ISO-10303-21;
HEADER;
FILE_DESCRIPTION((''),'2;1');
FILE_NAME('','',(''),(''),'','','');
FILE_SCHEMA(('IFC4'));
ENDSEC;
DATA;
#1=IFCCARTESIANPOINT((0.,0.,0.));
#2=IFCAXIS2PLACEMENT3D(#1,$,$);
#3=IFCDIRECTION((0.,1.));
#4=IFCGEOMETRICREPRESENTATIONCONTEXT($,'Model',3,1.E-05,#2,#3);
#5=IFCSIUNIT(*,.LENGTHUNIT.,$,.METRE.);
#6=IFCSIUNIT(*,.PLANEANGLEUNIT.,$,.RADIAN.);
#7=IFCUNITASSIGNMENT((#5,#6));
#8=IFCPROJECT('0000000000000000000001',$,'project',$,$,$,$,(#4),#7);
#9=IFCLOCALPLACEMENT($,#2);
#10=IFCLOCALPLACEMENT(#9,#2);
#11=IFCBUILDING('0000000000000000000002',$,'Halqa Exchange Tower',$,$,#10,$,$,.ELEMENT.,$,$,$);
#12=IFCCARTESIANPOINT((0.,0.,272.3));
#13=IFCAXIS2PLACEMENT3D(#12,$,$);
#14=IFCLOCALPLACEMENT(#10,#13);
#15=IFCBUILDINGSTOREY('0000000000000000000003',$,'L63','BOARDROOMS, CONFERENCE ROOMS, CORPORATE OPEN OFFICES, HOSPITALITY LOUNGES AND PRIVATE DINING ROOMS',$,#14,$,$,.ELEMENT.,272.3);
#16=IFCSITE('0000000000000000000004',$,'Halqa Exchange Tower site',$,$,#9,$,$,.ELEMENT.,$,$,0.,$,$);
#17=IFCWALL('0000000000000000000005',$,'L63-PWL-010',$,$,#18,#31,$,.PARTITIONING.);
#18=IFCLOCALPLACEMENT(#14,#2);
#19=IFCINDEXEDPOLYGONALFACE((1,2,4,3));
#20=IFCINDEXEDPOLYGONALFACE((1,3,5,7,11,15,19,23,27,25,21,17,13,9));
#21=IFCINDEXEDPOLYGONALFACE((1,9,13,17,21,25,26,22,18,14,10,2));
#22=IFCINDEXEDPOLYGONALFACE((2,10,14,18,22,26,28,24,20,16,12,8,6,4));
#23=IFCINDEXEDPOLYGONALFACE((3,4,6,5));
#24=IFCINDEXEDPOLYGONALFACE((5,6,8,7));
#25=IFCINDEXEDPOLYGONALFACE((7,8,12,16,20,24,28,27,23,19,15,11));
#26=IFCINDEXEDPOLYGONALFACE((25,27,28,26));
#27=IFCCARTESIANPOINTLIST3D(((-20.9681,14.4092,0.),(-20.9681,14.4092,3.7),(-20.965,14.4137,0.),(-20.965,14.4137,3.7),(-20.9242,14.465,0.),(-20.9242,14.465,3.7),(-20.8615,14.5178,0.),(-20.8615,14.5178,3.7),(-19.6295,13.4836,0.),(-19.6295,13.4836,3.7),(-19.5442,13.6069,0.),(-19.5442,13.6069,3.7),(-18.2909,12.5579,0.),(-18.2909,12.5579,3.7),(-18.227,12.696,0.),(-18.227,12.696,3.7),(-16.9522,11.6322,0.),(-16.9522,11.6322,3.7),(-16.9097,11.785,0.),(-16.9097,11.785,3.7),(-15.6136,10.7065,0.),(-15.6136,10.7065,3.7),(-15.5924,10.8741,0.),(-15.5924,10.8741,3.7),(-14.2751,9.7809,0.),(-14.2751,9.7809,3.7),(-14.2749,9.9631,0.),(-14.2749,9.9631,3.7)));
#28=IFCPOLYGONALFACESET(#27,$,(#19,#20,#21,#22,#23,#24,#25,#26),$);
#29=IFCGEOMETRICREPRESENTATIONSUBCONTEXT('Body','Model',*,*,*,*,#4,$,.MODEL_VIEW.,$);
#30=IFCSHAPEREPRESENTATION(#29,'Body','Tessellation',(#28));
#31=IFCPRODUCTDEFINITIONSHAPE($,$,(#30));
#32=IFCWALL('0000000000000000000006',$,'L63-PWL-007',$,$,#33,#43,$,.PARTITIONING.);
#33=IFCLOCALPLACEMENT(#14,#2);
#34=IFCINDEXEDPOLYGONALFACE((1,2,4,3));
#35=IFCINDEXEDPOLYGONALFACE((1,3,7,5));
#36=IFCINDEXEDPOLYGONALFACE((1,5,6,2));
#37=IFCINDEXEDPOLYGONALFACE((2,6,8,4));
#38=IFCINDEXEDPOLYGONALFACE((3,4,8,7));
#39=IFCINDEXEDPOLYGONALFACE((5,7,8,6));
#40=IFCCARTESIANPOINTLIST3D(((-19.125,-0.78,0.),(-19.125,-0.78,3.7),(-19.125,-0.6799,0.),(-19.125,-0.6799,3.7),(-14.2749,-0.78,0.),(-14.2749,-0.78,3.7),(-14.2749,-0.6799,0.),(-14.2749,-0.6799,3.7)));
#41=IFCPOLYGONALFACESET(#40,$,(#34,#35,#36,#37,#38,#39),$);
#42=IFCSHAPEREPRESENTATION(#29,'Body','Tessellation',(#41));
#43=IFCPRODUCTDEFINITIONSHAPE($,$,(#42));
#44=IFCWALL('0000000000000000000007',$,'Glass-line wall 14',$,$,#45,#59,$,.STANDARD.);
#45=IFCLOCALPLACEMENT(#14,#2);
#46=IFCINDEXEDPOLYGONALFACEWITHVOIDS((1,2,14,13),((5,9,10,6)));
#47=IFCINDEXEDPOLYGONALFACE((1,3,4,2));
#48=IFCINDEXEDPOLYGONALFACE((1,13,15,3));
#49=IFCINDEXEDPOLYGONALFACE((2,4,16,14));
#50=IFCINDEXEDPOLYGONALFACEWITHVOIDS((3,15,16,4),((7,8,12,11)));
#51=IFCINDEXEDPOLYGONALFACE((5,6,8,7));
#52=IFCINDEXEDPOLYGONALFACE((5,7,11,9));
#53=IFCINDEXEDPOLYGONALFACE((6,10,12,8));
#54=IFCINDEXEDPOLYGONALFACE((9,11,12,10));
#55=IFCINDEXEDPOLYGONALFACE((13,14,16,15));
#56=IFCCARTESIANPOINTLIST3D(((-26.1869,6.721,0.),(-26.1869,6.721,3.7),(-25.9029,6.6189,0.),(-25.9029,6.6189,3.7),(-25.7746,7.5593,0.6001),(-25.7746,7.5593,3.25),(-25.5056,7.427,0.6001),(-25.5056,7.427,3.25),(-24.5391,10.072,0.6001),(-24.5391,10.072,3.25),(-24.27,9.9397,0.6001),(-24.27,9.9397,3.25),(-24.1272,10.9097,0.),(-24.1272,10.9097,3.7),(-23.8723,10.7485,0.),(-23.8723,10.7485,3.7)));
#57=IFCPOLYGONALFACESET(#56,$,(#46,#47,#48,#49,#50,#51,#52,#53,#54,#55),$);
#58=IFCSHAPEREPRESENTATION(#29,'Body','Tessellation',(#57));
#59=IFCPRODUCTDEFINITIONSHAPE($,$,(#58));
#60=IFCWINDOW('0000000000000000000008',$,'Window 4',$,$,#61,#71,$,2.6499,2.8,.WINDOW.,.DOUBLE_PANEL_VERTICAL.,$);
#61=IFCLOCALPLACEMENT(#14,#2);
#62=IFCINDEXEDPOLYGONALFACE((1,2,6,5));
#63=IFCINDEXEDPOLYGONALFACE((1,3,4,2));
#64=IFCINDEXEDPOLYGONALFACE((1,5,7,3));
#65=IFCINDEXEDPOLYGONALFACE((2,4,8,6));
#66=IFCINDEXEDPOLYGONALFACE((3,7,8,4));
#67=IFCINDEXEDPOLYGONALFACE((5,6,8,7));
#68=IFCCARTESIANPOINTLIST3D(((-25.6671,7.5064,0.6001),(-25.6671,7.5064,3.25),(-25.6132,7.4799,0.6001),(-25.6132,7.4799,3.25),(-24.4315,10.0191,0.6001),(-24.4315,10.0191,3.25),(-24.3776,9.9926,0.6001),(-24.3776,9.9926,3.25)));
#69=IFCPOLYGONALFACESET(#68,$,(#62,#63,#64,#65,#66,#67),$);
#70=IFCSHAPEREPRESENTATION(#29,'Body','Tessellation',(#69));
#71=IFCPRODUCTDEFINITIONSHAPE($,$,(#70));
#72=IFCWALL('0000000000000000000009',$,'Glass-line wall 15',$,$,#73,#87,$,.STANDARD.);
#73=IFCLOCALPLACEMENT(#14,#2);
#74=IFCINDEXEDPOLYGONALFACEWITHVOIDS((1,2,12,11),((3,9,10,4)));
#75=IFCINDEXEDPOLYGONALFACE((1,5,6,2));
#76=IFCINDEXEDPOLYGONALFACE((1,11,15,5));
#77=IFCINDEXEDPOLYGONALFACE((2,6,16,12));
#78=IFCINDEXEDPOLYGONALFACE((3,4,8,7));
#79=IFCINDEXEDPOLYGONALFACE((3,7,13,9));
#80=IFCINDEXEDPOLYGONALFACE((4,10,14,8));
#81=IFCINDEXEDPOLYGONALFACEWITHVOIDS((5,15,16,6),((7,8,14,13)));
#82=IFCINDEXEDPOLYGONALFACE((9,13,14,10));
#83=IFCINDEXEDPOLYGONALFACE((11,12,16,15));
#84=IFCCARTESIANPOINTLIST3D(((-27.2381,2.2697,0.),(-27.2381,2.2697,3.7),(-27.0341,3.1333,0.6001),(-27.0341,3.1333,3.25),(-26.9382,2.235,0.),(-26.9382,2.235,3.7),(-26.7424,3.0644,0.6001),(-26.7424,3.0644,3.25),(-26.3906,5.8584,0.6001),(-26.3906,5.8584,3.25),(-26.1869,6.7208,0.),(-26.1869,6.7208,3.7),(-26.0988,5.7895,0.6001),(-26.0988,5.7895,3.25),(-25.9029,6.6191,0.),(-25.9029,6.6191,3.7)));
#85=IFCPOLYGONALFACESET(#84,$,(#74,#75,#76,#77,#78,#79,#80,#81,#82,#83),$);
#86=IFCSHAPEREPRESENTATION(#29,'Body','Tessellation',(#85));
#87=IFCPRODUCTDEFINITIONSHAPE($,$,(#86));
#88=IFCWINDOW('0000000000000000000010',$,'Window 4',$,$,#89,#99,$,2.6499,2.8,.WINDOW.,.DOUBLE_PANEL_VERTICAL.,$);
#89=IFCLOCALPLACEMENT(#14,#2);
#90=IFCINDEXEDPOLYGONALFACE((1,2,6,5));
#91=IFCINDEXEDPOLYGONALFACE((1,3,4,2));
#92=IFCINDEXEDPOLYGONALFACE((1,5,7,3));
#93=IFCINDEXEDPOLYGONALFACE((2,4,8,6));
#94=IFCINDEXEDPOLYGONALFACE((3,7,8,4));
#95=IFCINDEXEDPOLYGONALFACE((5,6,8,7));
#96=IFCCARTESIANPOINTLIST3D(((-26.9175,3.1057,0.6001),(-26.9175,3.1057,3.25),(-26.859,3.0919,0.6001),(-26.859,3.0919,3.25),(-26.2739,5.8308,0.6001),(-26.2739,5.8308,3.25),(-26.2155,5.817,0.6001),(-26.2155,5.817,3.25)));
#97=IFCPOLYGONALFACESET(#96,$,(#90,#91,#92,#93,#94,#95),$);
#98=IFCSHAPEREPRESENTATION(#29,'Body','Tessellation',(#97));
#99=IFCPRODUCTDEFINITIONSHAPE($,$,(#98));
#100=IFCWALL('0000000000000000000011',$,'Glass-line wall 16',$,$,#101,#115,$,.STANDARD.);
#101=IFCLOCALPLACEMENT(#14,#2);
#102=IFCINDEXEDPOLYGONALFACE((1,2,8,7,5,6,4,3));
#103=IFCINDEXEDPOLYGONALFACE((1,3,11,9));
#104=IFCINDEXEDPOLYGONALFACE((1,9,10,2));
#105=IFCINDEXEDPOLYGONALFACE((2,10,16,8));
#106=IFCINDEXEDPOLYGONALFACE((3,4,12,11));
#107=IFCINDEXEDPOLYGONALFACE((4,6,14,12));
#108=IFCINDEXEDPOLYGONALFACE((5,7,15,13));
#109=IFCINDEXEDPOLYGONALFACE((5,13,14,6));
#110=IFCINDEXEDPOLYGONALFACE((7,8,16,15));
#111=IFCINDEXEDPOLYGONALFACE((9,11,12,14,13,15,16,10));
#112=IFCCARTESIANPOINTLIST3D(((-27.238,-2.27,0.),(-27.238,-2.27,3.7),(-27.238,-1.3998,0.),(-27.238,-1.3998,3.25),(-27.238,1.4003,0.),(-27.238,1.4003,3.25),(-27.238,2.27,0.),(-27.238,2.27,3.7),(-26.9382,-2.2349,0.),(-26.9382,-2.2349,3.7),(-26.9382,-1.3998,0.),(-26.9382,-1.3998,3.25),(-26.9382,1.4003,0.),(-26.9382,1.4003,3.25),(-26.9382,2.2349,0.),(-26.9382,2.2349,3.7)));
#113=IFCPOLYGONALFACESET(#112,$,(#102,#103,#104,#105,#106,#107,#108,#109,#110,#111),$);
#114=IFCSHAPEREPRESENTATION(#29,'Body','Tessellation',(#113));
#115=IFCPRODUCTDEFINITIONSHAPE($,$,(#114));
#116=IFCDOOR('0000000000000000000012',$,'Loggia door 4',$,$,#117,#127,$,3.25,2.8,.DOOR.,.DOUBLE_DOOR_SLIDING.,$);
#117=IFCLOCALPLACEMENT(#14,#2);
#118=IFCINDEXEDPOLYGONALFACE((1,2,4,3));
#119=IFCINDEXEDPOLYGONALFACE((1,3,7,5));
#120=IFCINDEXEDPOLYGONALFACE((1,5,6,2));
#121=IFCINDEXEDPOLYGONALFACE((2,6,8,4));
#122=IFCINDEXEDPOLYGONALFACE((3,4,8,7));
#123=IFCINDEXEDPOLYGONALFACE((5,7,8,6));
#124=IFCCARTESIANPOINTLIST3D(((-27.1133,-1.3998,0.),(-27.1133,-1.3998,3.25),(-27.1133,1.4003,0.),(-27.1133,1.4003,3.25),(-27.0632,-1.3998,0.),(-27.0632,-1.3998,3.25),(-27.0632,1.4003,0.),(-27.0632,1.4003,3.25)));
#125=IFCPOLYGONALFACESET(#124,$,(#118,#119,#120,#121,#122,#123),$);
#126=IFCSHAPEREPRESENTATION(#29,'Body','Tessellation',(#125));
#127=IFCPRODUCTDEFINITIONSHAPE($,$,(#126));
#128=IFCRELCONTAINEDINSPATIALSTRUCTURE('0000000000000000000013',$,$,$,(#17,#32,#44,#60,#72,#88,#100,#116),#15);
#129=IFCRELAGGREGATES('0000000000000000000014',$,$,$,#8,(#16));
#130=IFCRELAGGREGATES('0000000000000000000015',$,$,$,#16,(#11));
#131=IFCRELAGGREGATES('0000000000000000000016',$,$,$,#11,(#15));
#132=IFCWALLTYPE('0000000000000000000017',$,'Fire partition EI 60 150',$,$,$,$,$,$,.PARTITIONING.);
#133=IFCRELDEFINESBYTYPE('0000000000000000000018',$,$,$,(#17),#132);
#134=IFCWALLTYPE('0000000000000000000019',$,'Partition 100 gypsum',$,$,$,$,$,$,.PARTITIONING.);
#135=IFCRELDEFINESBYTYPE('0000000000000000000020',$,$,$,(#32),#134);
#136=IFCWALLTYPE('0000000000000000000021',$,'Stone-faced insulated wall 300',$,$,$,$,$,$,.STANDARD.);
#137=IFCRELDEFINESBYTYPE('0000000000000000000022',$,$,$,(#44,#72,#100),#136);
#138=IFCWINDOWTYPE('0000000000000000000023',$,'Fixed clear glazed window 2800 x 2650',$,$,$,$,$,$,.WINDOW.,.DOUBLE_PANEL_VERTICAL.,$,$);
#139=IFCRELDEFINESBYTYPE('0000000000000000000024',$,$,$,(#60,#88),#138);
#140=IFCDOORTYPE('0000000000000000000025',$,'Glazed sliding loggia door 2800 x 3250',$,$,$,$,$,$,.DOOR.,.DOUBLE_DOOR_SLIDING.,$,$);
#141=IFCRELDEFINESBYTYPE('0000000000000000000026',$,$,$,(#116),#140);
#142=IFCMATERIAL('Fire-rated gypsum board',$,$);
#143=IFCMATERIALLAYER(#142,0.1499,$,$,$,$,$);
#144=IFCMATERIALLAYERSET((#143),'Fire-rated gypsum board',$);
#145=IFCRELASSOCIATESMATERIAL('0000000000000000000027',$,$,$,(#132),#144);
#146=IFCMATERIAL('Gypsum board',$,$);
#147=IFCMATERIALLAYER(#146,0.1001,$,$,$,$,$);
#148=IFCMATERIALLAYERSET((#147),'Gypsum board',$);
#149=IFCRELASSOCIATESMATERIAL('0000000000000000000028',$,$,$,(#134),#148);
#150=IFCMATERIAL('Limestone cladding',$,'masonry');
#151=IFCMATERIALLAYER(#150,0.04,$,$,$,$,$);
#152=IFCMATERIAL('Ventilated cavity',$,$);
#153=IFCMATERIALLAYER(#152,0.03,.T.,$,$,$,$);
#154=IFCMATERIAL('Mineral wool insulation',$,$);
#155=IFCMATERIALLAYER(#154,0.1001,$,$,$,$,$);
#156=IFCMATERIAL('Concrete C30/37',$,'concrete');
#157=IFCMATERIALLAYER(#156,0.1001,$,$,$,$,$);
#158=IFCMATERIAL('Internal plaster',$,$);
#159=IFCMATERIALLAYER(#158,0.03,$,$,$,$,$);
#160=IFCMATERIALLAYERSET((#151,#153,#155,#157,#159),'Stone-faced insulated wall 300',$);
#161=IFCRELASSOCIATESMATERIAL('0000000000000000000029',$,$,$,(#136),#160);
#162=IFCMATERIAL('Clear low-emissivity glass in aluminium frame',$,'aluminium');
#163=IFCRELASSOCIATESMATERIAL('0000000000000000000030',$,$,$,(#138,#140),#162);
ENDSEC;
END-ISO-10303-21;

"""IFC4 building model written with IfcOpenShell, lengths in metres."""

from ifc_helpers import new_model, si_unit, direction, frame, frame_2d, origin, place, context, subcontext, project, spatial, polyline, rectangle, outline, extrude, material, layer, layer_set, type_object, element, fill, save


model = new_model("IFC4")

# Units and contexts
model_context = context("Model", 3, precision=1e-05, world=origin(), true_north=direction((0.0, 1.0)))
body_context = subcontext(model_context, "Body", "Model", "MODEL_VIEW")
ifc_project = project(units=[si_unit("LENGTHUNIT", "METRE"), si_unit("PLANEANGLEUNIT", "RADIAN")], contexts=[model_context])

# Site, building, storey
site_placement = place(None, origin())
site = spatial("IfcSite", under=ifc_project, at=site_placement, Name="Halqa Exchange Tower site", CompositionType="ELEMENT", RefElevation=0.0)
building_placement = place(site_placement, origin())
building = spatial("IfcBuilding", under=site, at=building_placement, Name="Halqa Exchange Tower", CompositionType="ELEMENT")
storey_placement = place(building_placement, frame((0.0, 0.0, 272.3)))
storey = spatial("IfcBuildingStorey", under=building, at=storey_placement, Name="L63", Description="BOARDROOMS, CONFERENCE ROOMS, CORPORATE OPEN OFFICES, HOSPITALITY LOUNGES AND PRIVATE DINING ROOMS", CompositionType="ELEMENT", Elevation=272.3)

# Shared definitions
ifc_material_1 = material(Name="Gypsum board")

# Walls
ifc_material_2 = material(Name="Fire-rated gypsum board")
ifc_layer_1 = layer(ifc_material_2, 0.1499)
ifc_layer_set_1 = layer_set([ifc_layer_1], Name="Fire-rated gypsum board")
wall_type_1 = type_object("IfcWallType", Name="Fire partition EI 60 150", PredefinedType="PARTITIONING", material=ifc_layer_set_1)
wall_1_placement = place(storey_placement, frame((-14.2324, 9.8425, 0.0), z_axis=(0.0, 0.0, 1.0), x_axis=(-0.822496, 0.568772, 0.0)))
element("IfcWall", 1, at=wall_1_placement, inside=storey, type_object=wall_type_1, Name="L63-PWL-010", PredefinedType="PARTITIONING", context=body_context, shape_type="SweptSolid", body=[
    extrude(outline(polyline([(0.1035, -0.075), (1.7053, -0.075), (3.3069, -0.075), (4.9084, -0.075), (6.51, -0.075), (8.1116, -0.075), (8.1331, 0.0042), (8.1375, 0.0696), (8.1375, 0.075), (6.51, 0.075), (4.8826, 0.075), (3.2549, 0.075), (1.6274, 0.075), (0.0, 0.075), (0.0, 0.075), (0.1035, -0.075)])), origin(), (0.0, 0.0, 1.0), 3.7),
])
ifc_layer_2 = layer(ifc_material_1, 0.1001)
ifc_layer_set_2 = layer_set([ifc_layer_2], Name="Gypsum board")
wall_type_2 = type_object("IfcWallType", Name="Partition 100 gypsum", PredefinedType="PARTITIONING", material=ifc_layer_set_2)
wall_2_placement = place(storey_placement, frame((-19.125, -0.73, 0.0), z_axis=(0.0, 0.0, 1.0), x_axis=(1.0, 0.0, 0.0)))
element("IfcWall", 2, at=wall_2_placement, inside=storey, type_object=wall_type_2, Name="L63-PWL-007", PredefinedType="PARTITIONING", context=body_context, shape_type="SweptSolid", body=[
    extrude(rectangle(XDim=4.8501, YDim=0.1001, at=frame_2d((2.425, 0.0))), origin(), (0.0, 0.0, 1.0), 3.7),
])

# Walls, openings, windows
ifc_material_3 = material(Name="Limestone cladding", Category="masonry")
ifc_layer_3 = layer(ifc_material_3, 0.04)
ifc_material_4 = material(Name="Ventilated cavity")
ifc_layer_4 = layer(ifc_material_4, 0.03, ventilated=True)
ifc_material_5 = material(Name="Mineral wool insulation")
ifc_layer_5 = layer(ifc_material_5, 0.1001)
ifc_material_6 = material(Name="Concrete C30/37", Category="concrete")
ifc_layer_6 = layer(ifc_material_6, 0.1001)
ifc_material_7 = material(Name="Internal plaster")
ifc_layer_7 = layer(ifc_material_7, 0.03)
ifc_layer_set_3 = layer_set([ifc_layer_3, ifc_layer_4, ifc_layer_5, ifc_layer_6, ifc_layer_7], Name="Stone-faced insulated wall 300")
wall_type_3 = type_object("IfcWallType", Name="Stone-faced insulated wall 300", PredefinedType="STANDARD", material=ifc_layer_set_3)
wall_3_placement = place(storey_placement, frame((-23.9998, 10.8291, 0.0), z_axis=(0.0, 0.0, 1.0), x_axis=(-0.441262, -0.897378, 0.0)))
wall_3 = element("IfcWall", 3, at=wall_3_placement, inside=storey, type_object=wall_type_3, Name="Glass-line wall 14", PredefinedType="STANDARD", context=body_context, shape_type="SweptSolid", body=[
    extrude(outline(polyline([(-0.0161, -0.1499), (4.6516, -0.1499), (4.6179, 0.1499), (0.0161, 0.1499), (-0.0161, -0.1499)])), origin(), (0.0, 0.0, 1.0), 3.7),
])
opening_1_placement = place(wall_3_placement, frame((0.9175, 0.0, 0.6001)))
opening_1 = element("IfcOpeningElement", 4, at=opening_1_placement, cuts=wall_3, PredefinedType="OPENING", context=body_context, shape_type="SweptSolid", body=[
    extrude(rectangle(XDim=2.8, YDim=2.6499, at=frame_2d((1.3999, 1.325))), frame((0.0, 0.1621, 0.0), z_axis=(0.0, -1.0, 0.0), x_axis=(1.0, 0.0, 0.0)), (0.0, 0.0, 1.0), 0.324),
])
ifc_material_8 = material(Name="Clear low-emissivity glass in aluminium frame", Category="aluminium")
window_type = type_object("IfcWindowType", Name="Fixed clear glazed window 2800 x 2650", PartitioningType="DOUBLE_PANEL_VERTICAL", PredefinedType="WINDOW", material=ifc_material_8)
window_1_placement = place(opening_1_placement, origin())
window_1 = element("IfcWindow", 5, at=window_1_placement, inside=storey, type_object=window_type, Name="Window 4", OverallHeight=2.6499, OverallWidth=2.8, PartitioningType="DOUBLE_PANEL_VERTICAL", PredefinedType="WINDOW", context=body_context, shape_type="SweptSolid", body=[
    extrude(rectangle(XDim=2.8, YDim=2.6499, at=frame_2d((1.3999, 1.325))), frame((0.0, 0.03, 0.0), z_axis=(0.0, -1.0, 0.0), x_axis=(1.0, 0.0, 0.0)), (0.0, 0.0, 1.0), 0.0601),
])
fill(opening_1, window_1)
wall_4_placement = place(storey_placement, frame((-26.0449, 6.6699, 0.0), z_axis=(0.0, 0.0, 1.0), x_axis=(-0.229834, -0.97323, 0.0)))
wall_4 = element("IfcWall", 6, at=wall_4_placement, inside=storey, type_object=wall_type_3, Name="Glass-line wall 15", PredefinedType="STANDARD", context=body_context, shape_type="SweptSolid", body=[
    extrude(outline(polyline([(-0.0168, -0.1499), (4.5566, -0.1499), (4.5215, 0.1499), (0.0168, 0.1499), (-0.0168, -0.1499)])), origin(), (0.0, 0.0, 1.0), 3.7),
])
opening_2_placement = place(wall_4_placement, frame((0.8694, 0.0, 0.6001)))
opening_2 = element("IfcOpeningElement", 7, at=opening_2_placement, cuts=wall_4, PredefinedType="OPENING", context=body_context, shape_type="SweptSolid", body=[
    extrude(rectangle(XDim=2.8, YDim=2.6499, at=frame_2d((1.3999, 1.325))), frame((0.0, 0.1621, 0.0), z_axis=(0.0, -1.0, 0.0), x_axis=(1.0, 0.0, 0.0)), (0.0, 0.0, 1.0), 0.324),
])
window_2_placement = place(opening_2_placement, origin())
window_2 = element("IfcWindow", 8, at=window_2_placement, inside=storey, type_object=window_type, Name="Window 4", OverallHeight=2.6499, OverallWidth=2.8, PartitioningType="DOUBLE_PANEL_VERTICAL", PredefinedType="WINDOW", context=body_context, shape_type="SweptSolid", body=[
    extrude(rectangle(XDim=2.8, YDim=2.6499, at=frame_2d((1.3999, 1.325))), frame((0.0, 0.03, 0.0), z_axis=(0.0, -1.0, 0.0), x_axis=(1.0, 0.0, 0.0)), (0.0, 0.0, 1.0), 0.0601),
])
fill(opening_2, window_2)

# Wall, opening, door
wall_5_placement = place(storey_placement, frame((-27.0881, 2.2524, 0.0), z_axis=(0.0, 0.0, 1.0), x_axis=(0.0, -1.0, 0.0)))
wall_5 = element("IfcWall", 9, at=wall_5_placement, inside=storey, type_object=wall_type_3, Name="Glass-line wall 16", PredefinedType="STANDARD", context=body_context, shape_type="SweptSolid", body=[
    extrude(outline(polyline([(-0.0176, -0.1499), (4.5225, -0.1499), (4.4873, 0.1499), (0.0176, 0.1499), (-0.0176, -0.1499)])), origin(), (0.0, 0.0, 1.0), 3.7),
])
opening_3_placement = place(wall_5_placement, frame((0.8523, 0.0, 0.0)))
opening_3 = element("IfcOpeningElement", 10, at=opening_3_placement, cuts=wall_5, PredefinedType="OPENING", context=body_context, shape_type="SweptSolid", body=[
    extrude(rectangle(XDim=2.8, YDim=3.25, at=frame_2d((1.3999, 1.625))), frame((0.0, 0.1621, 0.0), z_axis=(0.0, -1.0, 0.0), x_axis=(1.0, 0.0, 0.0)), (0.0, 0.0, 1.0), 0.324),
])
door_type_1 = type_object("IfcDoorType", Name="Glazed sliding loggia door 2800 x 3250", OperationType="DOUBLE_DOOR_SLIDING", PredefinedType="DOOR", material=ifc_material_8)
door_1_placement = place(opening_3_placement, origin())
door_1 = element("IfcDoor", 11, at=door_1_placement, inside=storey, type_object=door_type_1, Name="Loggia door 4", OperationType="DOUBLE_DOOR_SLIDING", OverallHeight=3.25, OverallWidth=2.8, PredefinedType="DOOR", context=body_context, shape_type="SweptSolid", body=[
    extrude(rectangle(XDim=2.8, YDim=3.25, at=frame_2d((1.3999, 1.625))), frame((0.0, 0.0249, 0.0), z_axis=(0.0, -1.0, 0.0), x_axis=(1.0, 0.0, 0.0)), (0.0, 0.0, 1.0), 0.05),
])
fill(opening_3, door_1)

save(model, "model.ifc")
